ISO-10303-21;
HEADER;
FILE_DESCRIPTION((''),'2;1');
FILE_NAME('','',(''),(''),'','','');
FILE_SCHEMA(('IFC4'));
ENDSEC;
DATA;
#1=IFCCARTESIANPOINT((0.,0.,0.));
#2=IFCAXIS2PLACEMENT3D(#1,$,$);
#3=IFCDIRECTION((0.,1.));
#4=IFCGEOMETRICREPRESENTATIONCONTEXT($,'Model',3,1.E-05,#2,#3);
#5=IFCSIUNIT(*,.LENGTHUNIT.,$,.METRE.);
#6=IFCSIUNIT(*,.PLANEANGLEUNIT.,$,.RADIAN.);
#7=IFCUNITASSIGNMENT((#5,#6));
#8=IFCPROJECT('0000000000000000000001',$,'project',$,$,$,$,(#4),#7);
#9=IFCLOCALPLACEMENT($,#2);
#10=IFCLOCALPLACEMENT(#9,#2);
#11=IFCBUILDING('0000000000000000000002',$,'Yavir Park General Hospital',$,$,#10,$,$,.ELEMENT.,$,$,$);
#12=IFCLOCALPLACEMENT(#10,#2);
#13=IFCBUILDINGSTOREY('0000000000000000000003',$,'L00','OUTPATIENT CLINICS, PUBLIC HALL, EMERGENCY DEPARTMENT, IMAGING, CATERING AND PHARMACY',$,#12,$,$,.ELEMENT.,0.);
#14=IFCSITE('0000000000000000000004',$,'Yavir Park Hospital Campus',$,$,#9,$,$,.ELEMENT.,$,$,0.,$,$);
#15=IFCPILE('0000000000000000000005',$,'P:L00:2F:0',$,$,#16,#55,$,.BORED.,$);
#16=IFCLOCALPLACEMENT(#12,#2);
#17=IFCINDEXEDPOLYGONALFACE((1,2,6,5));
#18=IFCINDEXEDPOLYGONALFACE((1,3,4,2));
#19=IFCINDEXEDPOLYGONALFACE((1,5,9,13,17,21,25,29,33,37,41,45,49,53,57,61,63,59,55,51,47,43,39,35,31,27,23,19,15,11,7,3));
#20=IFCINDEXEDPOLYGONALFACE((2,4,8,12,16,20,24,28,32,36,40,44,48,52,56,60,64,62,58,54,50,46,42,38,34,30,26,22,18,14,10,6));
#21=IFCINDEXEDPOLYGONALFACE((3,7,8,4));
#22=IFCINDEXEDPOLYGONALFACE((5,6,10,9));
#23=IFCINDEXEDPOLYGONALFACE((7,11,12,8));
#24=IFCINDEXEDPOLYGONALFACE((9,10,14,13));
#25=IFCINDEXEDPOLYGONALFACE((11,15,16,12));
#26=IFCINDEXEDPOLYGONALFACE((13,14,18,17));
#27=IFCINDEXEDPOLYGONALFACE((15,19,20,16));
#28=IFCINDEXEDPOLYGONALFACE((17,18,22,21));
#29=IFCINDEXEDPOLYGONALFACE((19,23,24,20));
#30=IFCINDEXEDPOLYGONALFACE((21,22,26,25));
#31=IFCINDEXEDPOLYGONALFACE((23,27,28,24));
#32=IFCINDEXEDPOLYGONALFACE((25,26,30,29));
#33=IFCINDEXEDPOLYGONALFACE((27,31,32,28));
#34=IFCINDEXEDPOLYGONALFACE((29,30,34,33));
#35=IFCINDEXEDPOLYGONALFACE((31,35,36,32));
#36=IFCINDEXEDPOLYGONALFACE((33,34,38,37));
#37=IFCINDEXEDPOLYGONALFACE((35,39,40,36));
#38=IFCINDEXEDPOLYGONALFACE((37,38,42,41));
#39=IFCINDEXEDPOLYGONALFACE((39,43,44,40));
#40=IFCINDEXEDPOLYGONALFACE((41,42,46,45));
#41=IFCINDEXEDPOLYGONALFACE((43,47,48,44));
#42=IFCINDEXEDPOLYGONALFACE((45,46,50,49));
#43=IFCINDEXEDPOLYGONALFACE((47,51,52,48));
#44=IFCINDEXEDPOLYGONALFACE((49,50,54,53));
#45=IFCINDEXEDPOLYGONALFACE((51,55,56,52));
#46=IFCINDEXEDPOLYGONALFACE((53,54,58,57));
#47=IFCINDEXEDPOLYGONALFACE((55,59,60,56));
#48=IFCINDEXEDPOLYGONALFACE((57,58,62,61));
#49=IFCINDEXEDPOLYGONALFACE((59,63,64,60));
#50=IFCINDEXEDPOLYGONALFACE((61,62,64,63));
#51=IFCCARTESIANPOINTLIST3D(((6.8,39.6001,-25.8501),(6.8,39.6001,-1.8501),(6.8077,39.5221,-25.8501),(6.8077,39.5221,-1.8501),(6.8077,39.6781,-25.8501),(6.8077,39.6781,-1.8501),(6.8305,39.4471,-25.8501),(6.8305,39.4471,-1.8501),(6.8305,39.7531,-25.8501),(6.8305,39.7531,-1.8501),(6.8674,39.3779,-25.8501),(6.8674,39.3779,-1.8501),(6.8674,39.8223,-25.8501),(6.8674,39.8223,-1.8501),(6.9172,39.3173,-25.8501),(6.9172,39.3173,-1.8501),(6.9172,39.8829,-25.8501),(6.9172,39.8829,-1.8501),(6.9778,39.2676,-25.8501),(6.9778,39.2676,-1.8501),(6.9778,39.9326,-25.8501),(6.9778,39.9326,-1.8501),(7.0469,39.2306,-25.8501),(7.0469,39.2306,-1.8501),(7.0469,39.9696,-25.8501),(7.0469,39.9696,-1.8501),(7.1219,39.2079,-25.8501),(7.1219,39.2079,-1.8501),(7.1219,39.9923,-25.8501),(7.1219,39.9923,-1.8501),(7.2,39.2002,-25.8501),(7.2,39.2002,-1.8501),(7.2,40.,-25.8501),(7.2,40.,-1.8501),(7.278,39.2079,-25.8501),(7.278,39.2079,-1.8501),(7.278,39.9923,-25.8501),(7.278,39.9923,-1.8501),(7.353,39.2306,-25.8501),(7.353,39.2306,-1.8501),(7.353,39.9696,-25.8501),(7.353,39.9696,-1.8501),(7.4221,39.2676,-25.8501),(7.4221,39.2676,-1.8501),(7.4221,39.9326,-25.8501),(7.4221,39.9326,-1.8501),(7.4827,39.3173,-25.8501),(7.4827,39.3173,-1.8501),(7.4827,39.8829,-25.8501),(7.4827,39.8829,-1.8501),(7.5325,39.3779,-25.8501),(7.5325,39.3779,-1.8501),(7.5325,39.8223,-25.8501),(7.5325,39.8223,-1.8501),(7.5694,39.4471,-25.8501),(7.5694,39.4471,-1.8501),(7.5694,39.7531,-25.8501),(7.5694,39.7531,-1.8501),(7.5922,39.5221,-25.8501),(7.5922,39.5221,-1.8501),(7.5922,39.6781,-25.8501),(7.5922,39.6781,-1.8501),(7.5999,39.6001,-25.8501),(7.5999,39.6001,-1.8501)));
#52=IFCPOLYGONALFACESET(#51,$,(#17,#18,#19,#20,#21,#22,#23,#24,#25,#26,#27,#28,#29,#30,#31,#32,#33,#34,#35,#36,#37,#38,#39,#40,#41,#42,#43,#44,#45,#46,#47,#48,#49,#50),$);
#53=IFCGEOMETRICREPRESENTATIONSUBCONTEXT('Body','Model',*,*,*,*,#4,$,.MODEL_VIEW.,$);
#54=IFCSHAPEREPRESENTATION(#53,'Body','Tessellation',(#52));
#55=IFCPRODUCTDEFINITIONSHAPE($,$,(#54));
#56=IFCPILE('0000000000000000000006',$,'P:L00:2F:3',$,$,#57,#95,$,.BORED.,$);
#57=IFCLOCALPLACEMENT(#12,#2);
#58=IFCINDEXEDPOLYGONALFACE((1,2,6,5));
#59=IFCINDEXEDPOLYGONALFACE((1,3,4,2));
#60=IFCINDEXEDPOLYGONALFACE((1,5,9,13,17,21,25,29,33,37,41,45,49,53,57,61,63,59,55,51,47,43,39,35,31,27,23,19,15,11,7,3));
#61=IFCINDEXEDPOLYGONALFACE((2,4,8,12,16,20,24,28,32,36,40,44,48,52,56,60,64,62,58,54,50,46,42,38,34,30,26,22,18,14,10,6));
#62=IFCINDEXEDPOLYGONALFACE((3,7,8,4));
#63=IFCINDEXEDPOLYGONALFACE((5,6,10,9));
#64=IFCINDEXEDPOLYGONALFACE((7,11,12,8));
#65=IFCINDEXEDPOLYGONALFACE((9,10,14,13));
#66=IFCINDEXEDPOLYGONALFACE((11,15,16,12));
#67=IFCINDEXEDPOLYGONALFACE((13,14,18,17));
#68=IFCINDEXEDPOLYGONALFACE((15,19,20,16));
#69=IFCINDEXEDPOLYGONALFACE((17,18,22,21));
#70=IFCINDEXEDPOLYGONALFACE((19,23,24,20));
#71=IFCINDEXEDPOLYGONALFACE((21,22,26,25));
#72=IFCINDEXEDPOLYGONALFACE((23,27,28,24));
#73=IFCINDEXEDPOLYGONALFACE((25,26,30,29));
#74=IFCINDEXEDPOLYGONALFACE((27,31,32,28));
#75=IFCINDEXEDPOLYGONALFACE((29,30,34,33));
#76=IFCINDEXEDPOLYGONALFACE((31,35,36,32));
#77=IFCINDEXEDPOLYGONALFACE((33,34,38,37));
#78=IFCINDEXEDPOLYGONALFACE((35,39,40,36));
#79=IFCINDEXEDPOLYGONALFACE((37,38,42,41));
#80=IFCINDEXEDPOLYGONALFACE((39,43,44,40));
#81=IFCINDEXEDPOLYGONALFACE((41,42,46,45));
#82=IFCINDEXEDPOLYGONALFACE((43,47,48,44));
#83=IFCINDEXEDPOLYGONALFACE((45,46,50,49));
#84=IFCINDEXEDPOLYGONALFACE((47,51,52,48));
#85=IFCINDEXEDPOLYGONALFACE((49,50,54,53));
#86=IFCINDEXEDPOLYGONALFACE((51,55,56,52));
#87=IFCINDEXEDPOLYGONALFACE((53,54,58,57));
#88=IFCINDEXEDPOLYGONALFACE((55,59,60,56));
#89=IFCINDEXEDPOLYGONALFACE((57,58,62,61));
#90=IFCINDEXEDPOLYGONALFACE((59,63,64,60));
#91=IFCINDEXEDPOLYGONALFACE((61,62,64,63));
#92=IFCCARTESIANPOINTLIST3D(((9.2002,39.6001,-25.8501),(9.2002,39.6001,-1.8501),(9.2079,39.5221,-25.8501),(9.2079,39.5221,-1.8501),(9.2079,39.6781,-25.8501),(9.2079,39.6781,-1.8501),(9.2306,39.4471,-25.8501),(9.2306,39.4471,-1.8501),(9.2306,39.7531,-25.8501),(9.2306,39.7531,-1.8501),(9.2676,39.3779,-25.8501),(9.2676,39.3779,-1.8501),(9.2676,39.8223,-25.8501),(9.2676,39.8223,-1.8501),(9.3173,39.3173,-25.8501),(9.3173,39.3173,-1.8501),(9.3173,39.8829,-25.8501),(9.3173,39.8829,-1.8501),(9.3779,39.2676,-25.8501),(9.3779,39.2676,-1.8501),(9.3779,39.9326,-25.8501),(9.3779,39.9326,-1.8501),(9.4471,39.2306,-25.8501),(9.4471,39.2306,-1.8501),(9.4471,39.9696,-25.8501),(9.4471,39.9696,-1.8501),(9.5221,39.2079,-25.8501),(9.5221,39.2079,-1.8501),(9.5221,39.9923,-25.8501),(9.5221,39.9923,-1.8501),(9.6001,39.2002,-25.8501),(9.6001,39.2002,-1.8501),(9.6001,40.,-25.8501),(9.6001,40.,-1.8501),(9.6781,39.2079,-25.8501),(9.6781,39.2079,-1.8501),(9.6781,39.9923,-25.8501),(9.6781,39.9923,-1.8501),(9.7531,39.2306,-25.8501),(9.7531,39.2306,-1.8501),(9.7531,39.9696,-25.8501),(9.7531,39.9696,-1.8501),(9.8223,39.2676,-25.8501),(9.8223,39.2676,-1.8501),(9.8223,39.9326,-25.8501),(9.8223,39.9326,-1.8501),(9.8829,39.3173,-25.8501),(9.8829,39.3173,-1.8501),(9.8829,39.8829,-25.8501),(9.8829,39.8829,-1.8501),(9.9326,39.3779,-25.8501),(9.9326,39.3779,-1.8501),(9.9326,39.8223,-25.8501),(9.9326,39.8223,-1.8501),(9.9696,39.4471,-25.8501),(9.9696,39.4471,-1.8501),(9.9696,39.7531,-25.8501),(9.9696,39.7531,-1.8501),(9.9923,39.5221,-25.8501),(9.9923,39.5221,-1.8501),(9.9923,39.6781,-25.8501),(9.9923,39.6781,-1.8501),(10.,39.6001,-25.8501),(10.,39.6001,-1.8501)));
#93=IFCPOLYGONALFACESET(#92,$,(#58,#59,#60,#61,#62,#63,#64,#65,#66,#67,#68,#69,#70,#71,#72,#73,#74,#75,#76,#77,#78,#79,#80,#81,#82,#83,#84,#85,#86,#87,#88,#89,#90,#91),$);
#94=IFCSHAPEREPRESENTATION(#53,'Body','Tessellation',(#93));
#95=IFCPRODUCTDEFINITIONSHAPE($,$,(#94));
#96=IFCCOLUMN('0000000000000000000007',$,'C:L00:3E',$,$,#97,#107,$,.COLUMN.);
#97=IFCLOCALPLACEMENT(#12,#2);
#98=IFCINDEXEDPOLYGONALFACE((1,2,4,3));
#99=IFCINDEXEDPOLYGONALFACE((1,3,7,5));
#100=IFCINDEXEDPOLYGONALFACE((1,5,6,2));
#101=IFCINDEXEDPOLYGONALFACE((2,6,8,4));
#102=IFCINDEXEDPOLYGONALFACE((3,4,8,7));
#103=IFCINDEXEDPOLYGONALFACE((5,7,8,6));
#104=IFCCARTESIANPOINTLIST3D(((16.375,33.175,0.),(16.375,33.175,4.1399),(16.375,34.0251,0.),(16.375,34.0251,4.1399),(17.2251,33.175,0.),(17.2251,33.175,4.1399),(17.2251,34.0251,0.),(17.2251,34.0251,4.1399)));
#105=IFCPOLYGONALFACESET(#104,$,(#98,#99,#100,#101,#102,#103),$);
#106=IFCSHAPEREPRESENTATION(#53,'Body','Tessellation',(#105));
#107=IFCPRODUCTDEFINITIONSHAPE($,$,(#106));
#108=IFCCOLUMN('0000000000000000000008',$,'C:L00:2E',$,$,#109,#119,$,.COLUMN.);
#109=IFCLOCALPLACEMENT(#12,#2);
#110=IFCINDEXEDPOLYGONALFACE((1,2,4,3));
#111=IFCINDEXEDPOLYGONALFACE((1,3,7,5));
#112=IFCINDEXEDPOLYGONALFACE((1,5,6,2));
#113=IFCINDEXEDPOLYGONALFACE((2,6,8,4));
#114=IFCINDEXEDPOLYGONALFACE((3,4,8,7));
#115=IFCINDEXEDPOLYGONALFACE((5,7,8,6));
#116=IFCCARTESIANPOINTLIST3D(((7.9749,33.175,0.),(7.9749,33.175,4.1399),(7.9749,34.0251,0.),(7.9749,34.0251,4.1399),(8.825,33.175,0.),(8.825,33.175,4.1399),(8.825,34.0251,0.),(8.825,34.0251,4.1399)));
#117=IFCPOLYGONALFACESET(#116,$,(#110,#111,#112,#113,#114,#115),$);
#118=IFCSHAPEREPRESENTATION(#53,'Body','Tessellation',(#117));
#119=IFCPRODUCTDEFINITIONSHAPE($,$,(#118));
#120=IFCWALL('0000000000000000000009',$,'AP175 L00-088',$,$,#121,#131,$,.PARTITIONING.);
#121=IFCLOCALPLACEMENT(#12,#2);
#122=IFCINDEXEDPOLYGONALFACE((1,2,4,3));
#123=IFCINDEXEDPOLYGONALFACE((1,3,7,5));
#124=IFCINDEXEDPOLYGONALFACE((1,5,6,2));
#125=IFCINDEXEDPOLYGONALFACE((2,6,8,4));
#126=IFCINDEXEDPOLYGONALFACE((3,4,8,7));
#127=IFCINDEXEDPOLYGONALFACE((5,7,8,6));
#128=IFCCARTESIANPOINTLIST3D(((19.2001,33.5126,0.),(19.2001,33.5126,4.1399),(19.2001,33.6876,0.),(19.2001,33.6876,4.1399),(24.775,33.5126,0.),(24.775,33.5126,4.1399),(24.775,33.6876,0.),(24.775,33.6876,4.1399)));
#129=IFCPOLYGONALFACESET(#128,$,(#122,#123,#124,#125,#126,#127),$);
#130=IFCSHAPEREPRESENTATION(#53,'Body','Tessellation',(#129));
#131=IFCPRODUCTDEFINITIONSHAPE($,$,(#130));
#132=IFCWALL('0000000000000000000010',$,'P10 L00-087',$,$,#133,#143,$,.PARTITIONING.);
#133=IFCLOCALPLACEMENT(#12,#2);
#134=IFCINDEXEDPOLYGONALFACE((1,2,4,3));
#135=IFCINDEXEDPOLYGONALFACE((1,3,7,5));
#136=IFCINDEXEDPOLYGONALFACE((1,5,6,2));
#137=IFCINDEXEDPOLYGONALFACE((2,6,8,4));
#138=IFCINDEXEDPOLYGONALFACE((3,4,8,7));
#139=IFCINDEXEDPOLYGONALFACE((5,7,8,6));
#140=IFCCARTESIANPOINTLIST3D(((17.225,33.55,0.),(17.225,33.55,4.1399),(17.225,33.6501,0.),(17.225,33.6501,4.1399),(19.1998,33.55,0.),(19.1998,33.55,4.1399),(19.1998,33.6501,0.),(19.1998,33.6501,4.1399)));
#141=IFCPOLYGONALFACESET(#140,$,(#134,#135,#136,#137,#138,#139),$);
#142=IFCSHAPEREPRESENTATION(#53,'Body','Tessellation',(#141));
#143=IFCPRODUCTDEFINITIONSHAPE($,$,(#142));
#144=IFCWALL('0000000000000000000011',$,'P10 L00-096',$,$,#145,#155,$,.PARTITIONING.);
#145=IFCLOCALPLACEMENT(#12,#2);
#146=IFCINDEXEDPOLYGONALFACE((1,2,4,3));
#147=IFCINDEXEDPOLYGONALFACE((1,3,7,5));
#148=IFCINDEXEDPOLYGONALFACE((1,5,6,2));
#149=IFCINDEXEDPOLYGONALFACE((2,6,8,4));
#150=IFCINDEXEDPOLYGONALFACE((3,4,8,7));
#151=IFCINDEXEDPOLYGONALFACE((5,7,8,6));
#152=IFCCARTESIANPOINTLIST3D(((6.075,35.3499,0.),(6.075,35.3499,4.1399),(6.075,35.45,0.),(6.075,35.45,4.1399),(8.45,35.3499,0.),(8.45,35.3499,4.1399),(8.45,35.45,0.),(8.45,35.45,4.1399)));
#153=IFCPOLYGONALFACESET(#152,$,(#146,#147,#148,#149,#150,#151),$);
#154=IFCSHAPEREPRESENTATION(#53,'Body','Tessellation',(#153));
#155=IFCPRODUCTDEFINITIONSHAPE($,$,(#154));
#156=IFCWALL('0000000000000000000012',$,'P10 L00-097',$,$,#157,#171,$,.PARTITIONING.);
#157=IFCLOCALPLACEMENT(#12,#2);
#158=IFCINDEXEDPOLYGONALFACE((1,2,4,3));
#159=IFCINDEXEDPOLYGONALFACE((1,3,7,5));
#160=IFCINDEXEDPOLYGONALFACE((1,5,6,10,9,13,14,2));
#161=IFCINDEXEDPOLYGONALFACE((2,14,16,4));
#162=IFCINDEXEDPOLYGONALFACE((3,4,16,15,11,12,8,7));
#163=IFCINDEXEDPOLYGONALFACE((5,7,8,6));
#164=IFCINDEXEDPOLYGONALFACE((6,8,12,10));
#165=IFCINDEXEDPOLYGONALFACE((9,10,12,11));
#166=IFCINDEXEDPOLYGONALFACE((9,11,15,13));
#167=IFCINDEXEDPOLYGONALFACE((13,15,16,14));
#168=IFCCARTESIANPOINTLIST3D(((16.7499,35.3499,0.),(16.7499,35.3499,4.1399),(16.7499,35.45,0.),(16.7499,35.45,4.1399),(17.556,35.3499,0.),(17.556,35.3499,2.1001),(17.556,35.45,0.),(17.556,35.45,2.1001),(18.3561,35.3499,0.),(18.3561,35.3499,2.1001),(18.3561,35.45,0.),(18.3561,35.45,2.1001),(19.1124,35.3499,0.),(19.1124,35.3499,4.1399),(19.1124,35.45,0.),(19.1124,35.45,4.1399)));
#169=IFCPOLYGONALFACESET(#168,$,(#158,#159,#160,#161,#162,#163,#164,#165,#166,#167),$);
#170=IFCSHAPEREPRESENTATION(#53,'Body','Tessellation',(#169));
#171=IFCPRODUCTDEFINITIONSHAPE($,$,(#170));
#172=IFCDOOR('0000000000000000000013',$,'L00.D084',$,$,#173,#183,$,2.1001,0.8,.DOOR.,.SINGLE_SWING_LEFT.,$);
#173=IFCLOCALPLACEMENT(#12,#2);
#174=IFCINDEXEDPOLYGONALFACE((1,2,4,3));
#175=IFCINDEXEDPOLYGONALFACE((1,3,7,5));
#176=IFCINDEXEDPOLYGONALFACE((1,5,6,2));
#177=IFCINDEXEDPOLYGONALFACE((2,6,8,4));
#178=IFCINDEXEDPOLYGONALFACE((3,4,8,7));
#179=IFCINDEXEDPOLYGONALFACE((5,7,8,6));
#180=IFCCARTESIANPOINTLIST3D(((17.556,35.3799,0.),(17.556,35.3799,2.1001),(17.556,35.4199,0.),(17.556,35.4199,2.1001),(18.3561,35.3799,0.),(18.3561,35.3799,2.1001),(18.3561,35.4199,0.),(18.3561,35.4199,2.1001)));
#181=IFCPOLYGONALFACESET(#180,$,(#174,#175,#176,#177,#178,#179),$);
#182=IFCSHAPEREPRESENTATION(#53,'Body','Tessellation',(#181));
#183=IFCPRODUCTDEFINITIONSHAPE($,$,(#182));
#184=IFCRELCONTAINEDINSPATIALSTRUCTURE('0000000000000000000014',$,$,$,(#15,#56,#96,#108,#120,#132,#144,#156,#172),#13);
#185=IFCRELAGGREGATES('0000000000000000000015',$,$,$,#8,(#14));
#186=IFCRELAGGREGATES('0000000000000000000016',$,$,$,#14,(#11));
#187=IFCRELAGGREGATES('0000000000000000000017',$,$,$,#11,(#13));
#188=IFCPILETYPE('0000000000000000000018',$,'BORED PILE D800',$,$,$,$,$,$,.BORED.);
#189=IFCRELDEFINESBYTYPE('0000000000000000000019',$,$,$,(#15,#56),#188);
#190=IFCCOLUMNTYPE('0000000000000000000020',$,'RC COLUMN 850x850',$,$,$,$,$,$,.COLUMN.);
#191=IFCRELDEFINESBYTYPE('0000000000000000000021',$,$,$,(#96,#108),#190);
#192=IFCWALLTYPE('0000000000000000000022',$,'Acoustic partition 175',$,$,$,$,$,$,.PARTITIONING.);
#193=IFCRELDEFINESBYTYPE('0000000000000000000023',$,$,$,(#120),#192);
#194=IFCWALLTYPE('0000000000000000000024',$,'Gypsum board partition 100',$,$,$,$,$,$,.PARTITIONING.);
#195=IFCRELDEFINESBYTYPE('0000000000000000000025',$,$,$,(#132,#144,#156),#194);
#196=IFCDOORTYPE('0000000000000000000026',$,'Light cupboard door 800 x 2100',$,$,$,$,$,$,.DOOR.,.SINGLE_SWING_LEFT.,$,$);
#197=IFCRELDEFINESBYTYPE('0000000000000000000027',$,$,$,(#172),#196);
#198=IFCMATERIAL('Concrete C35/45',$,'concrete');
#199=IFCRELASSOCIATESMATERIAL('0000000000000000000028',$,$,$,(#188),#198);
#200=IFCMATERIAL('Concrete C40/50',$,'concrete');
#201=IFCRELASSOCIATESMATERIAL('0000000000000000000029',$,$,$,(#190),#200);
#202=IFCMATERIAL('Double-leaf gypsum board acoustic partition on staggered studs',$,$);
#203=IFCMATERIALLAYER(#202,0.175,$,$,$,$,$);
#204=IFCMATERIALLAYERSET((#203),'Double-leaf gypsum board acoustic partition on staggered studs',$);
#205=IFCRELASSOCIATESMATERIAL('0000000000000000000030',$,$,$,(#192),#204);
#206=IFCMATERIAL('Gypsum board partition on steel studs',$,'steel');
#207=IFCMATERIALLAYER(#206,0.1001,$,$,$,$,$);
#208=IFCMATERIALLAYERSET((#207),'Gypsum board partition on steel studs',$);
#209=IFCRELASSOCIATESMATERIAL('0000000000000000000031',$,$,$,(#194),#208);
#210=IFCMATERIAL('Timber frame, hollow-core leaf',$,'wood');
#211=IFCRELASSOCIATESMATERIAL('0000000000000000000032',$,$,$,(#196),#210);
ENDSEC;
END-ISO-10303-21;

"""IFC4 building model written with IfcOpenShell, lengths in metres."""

from ifc_helpers import new_model, si_unit, direction, frame, frame_2d, origin, origin_2d, place, context, subcontext, project, spatial, rectangle, circle, extrude, material, layer, layer_set, material_profile, profile_set, type_object, element, fill, save


model = new_model("IFC4")

# Units and contexts
model_context = context("Model", 3, precision=1e-05, world=origin(), true_north=direction((0.0, 1.0)))
body_context = subcontext(model_context, "Body", "Model", "MODEL_VIEW")
ifc_project = project(units=[si_unit("LENGTHUNIT", "METRE"), si_unit("PLANEANGLEUNIT", "RADIAN")], contexts=[model_context])

# Site, building, storey
site_placement = place(None, origin())
site = spatial("IfcSite", under=ifc_project, at=site_placement, Name="Yavir Park Hospital Campus", CompositionType="ELEMENT", RefElevation=0.0)
building_placement = place(site_placement, origin())
building = spatial("IfcBuilding", under=site, at=building_placement, Name="Yavir Park General Hospital", CompositionType="ELEMENT")
storey_placement = place(building_placement, origin())
storey = spatial("IfcBuildingStorey", under=building, at=storey_placement, Name="L00", Description="OUTPATIENT CLINICS, PUBLIC HALL, EMERGENCY DEPARTMENT, IMAGING, CATERING AND PHARMACY", CompositionType="ELEMENT", Elevation=0.0)

# Piles
ifc_material_1 = material(Name="Concrete C35/45", Category="concrete")
ifc_material_profile_1 = material_profile(ifc_material_1, circle(Radius=0.3999, at=origin_2d()), Name="D800")
ifc_profile_set_1 = profile_set([ifc_material_profile_1], Name="Concrete C35/45")
pile_type = type_object("IfcPileType", Name="BORED PILE D800", PredefinedType="BORED", material=ifc_profile_set_1)
for number, where, z_axis, x_axis, name in (
    (1, (7.2, 39.6001, -1.8501), (0.0, 0.0, -1.0), (1.0, 0.0, 0.0), "P:L00:2F:0"),
    (2, (9.6001, 39.6001, -1.8501), (0.0, 0.0, -1.0), (1.0, 0.0, 0.0), "P:L00:2F:3"),
):
    element("IfcPile", number, at=place(storey_placement, frame(where, z_axis=z_axis, x_axis=x_axis)), inside=storey, type_object=pile_type, Name=name, PredefinedType="BORED", context=body_context, shape_type="SweptSolid", body=[
        extrude(circle(Radius=0.3999, at=origin_2d()), origin(), (0.0, 0.0, 1.0), 24.0),
    ])

# Columns
ifc_material_2 = material(Name="Concrete C40/50", Category="concrete")
ifc_material_profile_2 = material_profile(ifc_material_2, rectangle(XDim=0.8501, YDim=0.8501, at=origin_2d()), Name="RC850x850")
ifc_profile_set_2 = profile_set([ifc_material_profile_2], Name="Concrete C40/50")
column_type = type_object("IfcColumnType", Name="RC COLUMN 850x850", PredefinedType="COLUMN", material=ifc_profile_set_2)
for number, where, z_axis, x_axis, name in (
    (3, (16.8, 33.6001, 0.0), (0.0, 0.0, 1.0), (1.0, 0.0, 0.0), "C:L00:3E"),
    (4, (8.3999, 33.6001, 0.0), (0.0, 0.0, 1.0), (1.0, 0.0, 0.0), "C:L00:2E"),
):
    element("IfcColumn", number, at=place(storey_placement, frame(where, z_axis=z_axis, x_axis=x_axis)), inside=storey, type_object=column_type, Name=name, PredefinedType="COLUMN", context=body_context, shape_type="SweptSolid", body=[
        extrude(rectangle(XDim=0.8501, YDim=0.8501, at=origin_2d()), origin(), (0.0, 0.0, 1.0), 4.1399),
    ])

# Walls
ifc_material_3 = material(Name="Double-leaf gypsum board acoustic partition on staggered studs")
ifc_layer_1 = layer(ifc_material_3, 0.175)
ifc_layer_set_1 = layer_set([ifc_layer_1], Name="Double-leaf gypsum board acoustic partition on staggered studs")
wall_type_1 = type_object("IfcWallType", Name="Acoustic partition 175", PredefinedType="PARTITIONING", material=ifc_layer_set_1)
wall_1_placement = place(storey_placement, frame((19.2, 33.6001, 0.0), z_axis=(0.0, 0.0, 1.0), x_axis=(1.0, 0.0, 0.0)))
element("IfcWall", 5, at=wall_1_placement, inside=storey, type_object=wall_type_1, Name="AP175 L00-088", PredefinedType="PARTITIONING", context=body_context, shape_type="SweptSolid", body=[
    extrude(rectangle(XDim=5.575, YDim=0.175, at=frame_2d((2.7876, 0.0))), origin(), (0.0, 0.0, 1.0), 4.1399),
])
ifc_material_4 = material(Name="Gypsum board partition on steel studs", Category="steel")
ifc_layer_2 = layer(ifc_material_4, 0.1001)
ifc_layer_set_2 = layer_set([ifc_layer_2], Name="Gypsum board partition on steel studs")
wall_type_2 = type_object("IfcWallType", Name="Gypsum board partition 100", PredefinedType="PARTITIONING", material=ifc_layer_set_2)
wall_2_placement = place(storey_placement, frame((17.2251, 33.6001, 0.0), z_axis=(0.0, 0.0, 1.0), x_axis=(1.0, 0.0, 0.0)))
element("IfcWall", 6, at=wall_2_placement, inside=storey, type_object=wall_type_2, Name="P10 L00-087", PredefinedType="PARTITIONING", context=body_context, shape_type="SweptSolid", body=[
    extrude(rectangle(XDim=1.9749, YDim=0.1001, at=frame_2d((0.9873, 0.0))), origin(), (0.0, 0.0, 1.0), 4.1399),
])
wall_3_placement = place(storey_placement, frame((6.075, 35.3999, 0.0), z_axis=(0.0, 0.0, 1.0), x_axis=(1.0, 0.0, 0.0)))
element("IfcWall", 7, at=wall_3_placement, inside=storey, type_object=wall_type_2, Name="P10 L00-096", PredefinedType="PARTITIONING", context=body_context, shape_type="SweptSolid", body=[
    extrude(rectangle(XDim=2.375, YDim=0.1001, at=frame_2d((1.1875, 0.0))), origin(), (0.0, 0.0, 1.0), 4.1399),
])

# Wall, opening, door
wall_4_placement = place(storey_placement, frame((16.75, 35.3999, 0.0), z_axis=(0.0, 0.0, 1.0), x_axis=(1.0, 0.0, 0.0)))
wall_4 = element("IfcWall", 8, at=wall_4_placement, inside=storey, type_object=wall_type_2, Name="P10 L00-097", PredefinedType="PARTITIONING", context=body_context, shape_type="SweptSolid", body=[
    extrude(rectangle(XDim=2.3625, YDim=0.1001, at=frame_2d((1.1812, 0.0))), origin(), (0.0, 0.0, 1.0), 4.1399),
])
opening_1_placement = place(wall_4_placement, frame((0.8062, 0.0, 0.0)))
opening_1 = element("IfcOpeningElement", 9, at=opening_1_placement, cuts=wall_4, PredefinedType="OPENING", context=body_context, shape_type="SweptSolid", body=[
    extrude(rectangle(XDim=0.8, YDim=2.1001, at=frame_2d((0.3999, 1.05))), frame((0.0, 0.0601, 0.0), z_axis=(0.0, -1.0, 0.0), x_axis=(1.0, 0.0, 0.0)), (0.0, 0.0, 1.0), 0.1201),
])
ifc_material_5 = material(Name="Timber frame, hollow-core leaf", Category="wood")
door_type = type_object("IfcDoorType", Name="Light cupboard door 800 x 2100", OperationType="SINGLE_SWING_LEFT", PredefinedType="DOOR", material=ifc_material_5)
door_1_placement = place(opening_1_placement, origin())
door_1 = element("IfcDoor", 10, at=door_1_placement, inside=storey, type_object=door_type, Name="L00.D084", OperationType="SINGLE_SWING_LEFT", OverallHeight=2.1001, OverallWidth=0.8, PredefinedType="DOOR", context=body_context, shape_type="SweptSolid", body=[
    extrude(rectangle(XDim=0.8, YDim=2.1001, at=frame_2d((0.3999, 1.05))), frame((0.0, 0.02, 0.0), z_axis=(0.0, -1.0, 0.0), x_axis=(1.0, 0.0, 0.0)), (0.0, 0.0, 1.0), 0.04),
])
fill(opening_1, door_1)

save(model, "model.ifc")
